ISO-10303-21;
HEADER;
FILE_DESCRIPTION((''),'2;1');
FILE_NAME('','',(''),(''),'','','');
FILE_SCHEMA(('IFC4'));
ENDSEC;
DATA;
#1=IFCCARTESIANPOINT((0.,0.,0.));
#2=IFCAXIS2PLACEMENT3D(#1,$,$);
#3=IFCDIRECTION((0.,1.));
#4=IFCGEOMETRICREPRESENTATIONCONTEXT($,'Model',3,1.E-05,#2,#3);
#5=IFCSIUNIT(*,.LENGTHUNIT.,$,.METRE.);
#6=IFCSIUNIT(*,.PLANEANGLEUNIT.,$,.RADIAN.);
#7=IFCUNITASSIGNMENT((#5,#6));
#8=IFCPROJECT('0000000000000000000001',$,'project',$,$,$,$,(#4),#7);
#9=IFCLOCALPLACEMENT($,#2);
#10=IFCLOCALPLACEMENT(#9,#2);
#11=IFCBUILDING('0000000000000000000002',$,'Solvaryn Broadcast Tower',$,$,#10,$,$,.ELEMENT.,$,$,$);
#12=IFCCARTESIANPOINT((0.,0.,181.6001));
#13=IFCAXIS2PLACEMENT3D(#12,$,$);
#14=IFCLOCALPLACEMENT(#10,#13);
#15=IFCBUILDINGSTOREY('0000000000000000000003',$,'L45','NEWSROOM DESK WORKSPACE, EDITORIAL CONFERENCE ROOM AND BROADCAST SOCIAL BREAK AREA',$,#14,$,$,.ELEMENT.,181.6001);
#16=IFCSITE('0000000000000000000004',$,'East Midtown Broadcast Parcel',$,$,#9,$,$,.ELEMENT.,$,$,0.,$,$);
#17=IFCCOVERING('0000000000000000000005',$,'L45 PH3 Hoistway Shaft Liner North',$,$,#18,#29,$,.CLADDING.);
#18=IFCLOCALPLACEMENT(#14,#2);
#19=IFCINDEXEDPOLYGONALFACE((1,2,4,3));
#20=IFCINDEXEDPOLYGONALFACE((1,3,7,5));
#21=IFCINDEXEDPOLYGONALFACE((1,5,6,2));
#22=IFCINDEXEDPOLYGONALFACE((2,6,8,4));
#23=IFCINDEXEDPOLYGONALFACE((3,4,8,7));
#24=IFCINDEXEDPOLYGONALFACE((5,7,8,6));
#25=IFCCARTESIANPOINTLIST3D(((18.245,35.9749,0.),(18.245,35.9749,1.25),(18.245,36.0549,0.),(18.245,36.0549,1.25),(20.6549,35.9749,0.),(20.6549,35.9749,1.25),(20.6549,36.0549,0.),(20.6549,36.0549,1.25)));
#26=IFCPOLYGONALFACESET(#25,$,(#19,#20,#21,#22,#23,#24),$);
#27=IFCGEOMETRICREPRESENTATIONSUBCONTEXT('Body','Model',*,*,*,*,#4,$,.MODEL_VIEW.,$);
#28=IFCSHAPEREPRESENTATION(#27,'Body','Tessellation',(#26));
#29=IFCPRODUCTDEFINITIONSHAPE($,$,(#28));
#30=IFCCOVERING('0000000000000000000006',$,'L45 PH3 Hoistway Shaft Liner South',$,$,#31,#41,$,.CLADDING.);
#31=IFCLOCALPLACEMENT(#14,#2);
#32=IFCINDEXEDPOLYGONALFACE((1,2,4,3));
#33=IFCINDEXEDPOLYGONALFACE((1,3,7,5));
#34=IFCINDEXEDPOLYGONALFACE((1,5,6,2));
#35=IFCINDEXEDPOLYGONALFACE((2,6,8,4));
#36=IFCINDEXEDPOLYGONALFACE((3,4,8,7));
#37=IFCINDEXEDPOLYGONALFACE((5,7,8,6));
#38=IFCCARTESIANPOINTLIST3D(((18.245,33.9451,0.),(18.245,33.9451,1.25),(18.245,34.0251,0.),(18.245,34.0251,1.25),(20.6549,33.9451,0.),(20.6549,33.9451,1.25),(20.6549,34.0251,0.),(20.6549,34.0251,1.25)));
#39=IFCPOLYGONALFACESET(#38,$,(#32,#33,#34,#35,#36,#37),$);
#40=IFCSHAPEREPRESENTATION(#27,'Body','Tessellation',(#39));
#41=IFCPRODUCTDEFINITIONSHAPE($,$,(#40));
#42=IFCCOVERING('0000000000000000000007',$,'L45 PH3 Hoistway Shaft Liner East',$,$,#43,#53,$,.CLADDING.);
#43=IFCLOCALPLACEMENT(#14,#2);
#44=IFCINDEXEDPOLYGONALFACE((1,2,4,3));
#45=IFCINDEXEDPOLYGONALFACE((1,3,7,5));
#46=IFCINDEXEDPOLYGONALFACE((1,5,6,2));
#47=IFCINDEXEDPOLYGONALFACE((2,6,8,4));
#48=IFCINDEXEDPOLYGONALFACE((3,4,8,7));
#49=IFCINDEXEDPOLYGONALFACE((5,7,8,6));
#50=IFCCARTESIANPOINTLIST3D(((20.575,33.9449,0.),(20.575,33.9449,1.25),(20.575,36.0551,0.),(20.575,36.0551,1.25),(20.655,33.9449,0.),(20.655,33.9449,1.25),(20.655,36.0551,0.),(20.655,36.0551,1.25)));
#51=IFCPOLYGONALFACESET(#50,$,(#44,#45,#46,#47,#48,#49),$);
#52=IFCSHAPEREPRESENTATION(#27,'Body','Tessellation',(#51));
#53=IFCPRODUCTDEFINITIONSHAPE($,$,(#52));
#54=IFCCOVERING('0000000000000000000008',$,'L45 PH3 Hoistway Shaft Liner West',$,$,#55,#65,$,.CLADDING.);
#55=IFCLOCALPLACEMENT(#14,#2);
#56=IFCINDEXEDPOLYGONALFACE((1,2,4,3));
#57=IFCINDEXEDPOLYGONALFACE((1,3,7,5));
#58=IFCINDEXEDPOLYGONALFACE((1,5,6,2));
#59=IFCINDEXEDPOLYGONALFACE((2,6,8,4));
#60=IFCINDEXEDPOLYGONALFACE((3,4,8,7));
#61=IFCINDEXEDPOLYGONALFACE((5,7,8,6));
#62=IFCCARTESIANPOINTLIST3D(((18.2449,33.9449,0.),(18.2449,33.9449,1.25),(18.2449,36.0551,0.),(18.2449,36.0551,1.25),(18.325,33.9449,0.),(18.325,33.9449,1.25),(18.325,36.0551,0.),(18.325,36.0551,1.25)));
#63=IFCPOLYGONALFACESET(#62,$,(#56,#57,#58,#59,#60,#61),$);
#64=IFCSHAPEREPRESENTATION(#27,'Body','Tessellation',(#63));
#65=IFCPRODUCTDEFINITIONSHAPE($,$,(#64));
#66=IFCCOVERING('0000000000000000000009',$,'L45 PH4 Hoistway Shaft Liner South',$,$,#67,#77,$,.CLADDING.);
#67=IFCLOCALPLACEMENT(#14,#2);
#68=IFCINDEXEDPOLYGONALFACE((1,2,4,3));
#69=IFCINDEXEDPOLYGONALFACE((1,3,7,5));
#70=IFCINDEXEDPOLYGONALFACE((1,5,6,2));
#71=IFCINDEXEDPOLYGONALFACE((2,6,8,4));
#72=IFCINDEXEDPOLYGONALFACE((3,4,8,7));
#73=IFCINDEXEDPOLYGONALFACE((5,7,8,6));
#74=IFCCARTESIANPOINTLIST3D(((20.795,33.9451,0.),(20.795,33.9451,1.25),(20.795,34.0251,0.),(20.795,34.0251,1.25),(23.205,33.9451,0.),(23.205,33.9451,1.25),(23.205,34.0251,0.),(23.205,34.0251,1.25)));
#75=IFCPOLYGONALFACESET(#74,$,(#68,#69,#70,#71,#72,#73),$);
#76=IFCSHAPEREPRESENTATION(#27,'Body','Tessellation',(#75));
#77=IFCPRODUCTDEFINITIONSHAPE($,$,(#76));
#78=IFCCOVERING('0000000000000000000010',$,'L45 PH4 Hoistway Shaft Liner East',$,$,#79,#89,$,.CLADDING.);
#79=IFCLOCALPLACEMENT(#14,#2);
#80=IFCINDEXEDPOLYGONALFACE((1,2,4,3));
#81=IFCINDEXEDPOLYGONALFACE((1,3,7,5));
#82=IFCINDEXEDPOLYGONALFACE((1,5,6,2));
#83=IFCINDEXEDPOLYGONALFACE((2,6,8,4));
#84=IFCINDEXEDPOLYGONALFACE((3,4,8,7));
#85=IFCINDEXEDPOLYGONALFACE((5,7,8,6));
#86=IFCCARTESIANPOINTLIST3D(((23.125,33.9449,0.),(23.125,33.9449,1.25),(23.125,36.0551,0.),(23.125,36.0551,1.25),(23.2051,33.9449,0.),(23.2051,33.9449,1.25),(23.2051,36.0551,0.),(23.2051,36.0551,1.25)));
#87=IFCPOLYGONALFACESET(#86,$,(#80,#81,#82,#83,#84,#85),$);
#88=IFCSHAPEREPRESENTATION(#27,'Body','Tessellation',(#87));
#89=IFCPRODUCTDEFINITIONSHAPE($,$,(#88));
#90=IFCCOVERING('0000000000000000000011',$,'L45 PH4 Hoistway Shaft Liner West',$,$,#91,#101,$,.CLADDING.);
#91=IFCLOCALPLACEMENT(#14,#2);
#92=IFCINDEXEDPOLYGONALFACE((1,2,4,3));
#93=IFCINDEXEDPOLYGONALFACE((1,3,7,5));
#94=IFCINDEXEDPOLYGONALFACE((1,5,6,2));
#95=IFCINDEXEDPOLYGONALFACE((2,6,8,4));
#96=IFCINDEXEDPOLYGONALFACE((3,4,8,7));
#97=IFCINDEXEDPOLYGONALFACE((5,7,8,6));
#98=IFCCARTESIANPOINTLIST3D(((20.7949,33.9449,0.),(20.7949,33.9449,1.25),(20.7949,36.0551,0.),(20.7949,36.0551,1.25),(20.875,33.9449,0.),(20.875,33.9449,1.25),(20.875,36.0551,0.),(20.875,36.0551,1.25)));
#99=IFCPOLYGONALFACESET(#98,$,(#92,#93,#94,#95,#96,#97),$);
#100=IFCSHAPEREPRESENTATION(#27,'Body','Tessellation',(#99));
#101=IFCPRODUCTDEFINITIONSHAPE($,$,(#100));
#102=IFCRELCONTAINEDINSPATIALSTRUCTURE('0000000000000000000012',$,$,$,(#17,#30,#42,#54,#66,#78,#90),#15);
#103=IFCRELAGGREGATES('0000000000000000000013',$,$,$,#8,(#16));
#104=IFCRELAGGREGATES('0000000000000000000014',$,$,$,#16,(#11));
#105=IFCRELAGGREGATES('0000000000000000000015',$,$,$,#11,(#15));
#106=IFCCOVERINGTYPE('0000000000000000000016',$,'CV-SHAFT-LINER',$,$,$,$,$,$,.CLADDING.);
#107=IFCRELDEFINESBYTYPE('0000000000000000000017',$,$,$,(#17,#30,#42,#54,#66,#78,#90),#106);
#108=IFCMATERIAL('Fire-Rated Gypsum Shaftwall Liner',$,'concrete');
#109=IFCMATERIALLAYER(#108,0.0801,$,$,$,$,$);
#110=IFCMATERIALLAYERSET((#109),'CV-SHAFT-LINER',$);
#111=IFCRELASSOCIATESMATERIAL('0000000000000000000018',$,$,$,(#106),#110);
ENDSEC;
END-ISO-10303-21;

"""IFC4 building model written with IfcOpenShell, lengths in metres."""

from ifc_helpers import new_model, si_unit, direction, frame, origin, origin_2d, place, context, subcontext, project, spatial, rectangle, extrude, material, layer, layer_set, type_object, element, save


model = new_model("IFC4")

# Units and contexts
model_context = context("Model", 3, precision=1e-05, world=origin(), true_north=direction((0.0, 1.0)))
body_context = subcontext(model_context, "Body", "Model", "MODEL_VIEW")
ifc_project = project(units=[si_unit("LENGTHUNIT", "METRE"), si_unit("PLANEANGLEUNIT", "RADIAN")], contexts=[model_context])

# Site, building, storey
site_placement = place(None, origin())
site = spatial("IfcSite", under=ifc_project, at=site_placement, Name="East Midtown Broadcast Parcel", CompositionType="ELEMENT", RefElevation=0.0)
building_placement = place(site_placement, origin())
building = spatial("IfcBuilding", under=site, at=building_placement, Name="Solvaryn Broadcast Tower", CompositionType="ELEMENT")
storey_placement = place(building_placement, frame((0.0, 0.0, 181.6001)))
storey = spatial("IfcBuildingStorey", under=building, at=storey_placement, Name="L45", Description="NEWSROOM DESK WORKSPACE, EDITORIAL CONFERENCE ROOM AND BROADCAST SOCIAL BREAK AREA", CompositionType="ELEMENT", Elevation=181.6001)

# Coverings
ifc_material_1 = material(Name="Fire-Rated Gypsum Shaftwall Liner", Category="concrete")
ifc_layer_1 = layer(ifc_material_1, 0.0801)
ifc_layer_set_1 = layer_set([ifc_layer_1], Name="CV-SHAFT-LINER")
covering_type = type_object("IfcCoveringType", Name="CV-SHAFT-LINER", PredefinedType="CLADDING", material=ifc_layer_set_1)
for number, where, z_axis, x_axis, name in (
    (1, (19.45, 36.0149, 0.0), (0.0, 0.0, 1.0), (1.0, 0.0, 0.0), "L45 PH3 Hoistway Shaft Liner North"),
    (2, (19.45, 33.9851, 0.0), (0.0, 0.0, 1.0), (1.0, 0.0, 0.0), "L45 PH3 Hoistway Shaft Liner South"),
):
    element("IfcCovering", number, at=place(storey_placement, frame(where, z_axis=z_axis, x_axis=x_axis)), inside=storey, type_object=covering_type, Name=name, PredefinedType="CLADDING", context=body_context, shape_type="SweptSolid", body=[
        extrude(rectangle(XDim=2.4099, YDim=0.0801, at=origin_2d()), origin(), (0.0, 0.0, 1.0), 1.25),
    ])
for number, where, z_axis, x_axis, name in (
    (3, (20.615, 35.0, 0.0), (0.0, 0.0, 1.0), (1.0, 0.0, 0.0), "L45 PH3 Hoistway Shaft Liner East"),
    (4, (18.2849, 35.0, 0.0), (0.0, 0.0, 1.0), (1.0, 0.0, 0.0), "L45 PH3 Hoistway Shaft Liner West"),
):
    element("IfcCovering", number, at=place(storey_placement, frame(where, z_axis=z_axis, x_axis=x_axis)), inside=storey, type_object=covering_type, Name=name, PredefinedType="CLADDING", context=body_context, shape_type="SweptSolid", body=[
        extrude(rectangle(XDim=0.0801, YDim=2.1101, at=origin_2d()), origin(), (0.0, 0.0, 1.0), 1.25),
    ])
covering_1_placement = place(storey_placement, frame((22.0, 33.9851, 0.0), z_axis=(0.0, 0.0, 1.0), x_axis=(1.0, 0.0, 0.0)))
element("IfcCovering", 5, at=covering_1_placement, inside=storey, type_object=covering_type, Name="L45 PH4 Hoistway Shaft Liner South", PredefinedType="CLADDING", context=body_context, shape_type="SweptSolid", body=[
    extrude(rectangle(XDim=2.4099, YDim=0.0801, at=origin_2d()), origin(), (0.0, 0.0, 1.0), 1.25),
])
for number, where, z_axis, x_axis, name in (
    (6, (23.165, 35.0, 0.0), (0.0, 0.0, 1.0), (1.0, 0.0, 0.0), "L45 PH4 Hoistway Shaft Liner East"),
    (7, (20.835, 35.0, 0.0), (0.0, 0.0, 1.0), (1.0, 0.0, 0.0), "L45 PH4 Hoistway Shaft Liner West"),
):
    element("IfcCovering", number, at=place(storey_placement, frame(where, z_axis=z_axis, x_axis=x_axis)), inside=storey, type_object=covering_type, Name=name, PredefinedType="CLADDING", context=body_context, shape_type="SweptSolid", body=[
        extrude(rectangle(XDim=0.0801, YDim=2.1101, at=origin_2d()), origin(), (0.0, 0.0, 1.0), 1.25),
    ])

save(model, "model.ifc")
